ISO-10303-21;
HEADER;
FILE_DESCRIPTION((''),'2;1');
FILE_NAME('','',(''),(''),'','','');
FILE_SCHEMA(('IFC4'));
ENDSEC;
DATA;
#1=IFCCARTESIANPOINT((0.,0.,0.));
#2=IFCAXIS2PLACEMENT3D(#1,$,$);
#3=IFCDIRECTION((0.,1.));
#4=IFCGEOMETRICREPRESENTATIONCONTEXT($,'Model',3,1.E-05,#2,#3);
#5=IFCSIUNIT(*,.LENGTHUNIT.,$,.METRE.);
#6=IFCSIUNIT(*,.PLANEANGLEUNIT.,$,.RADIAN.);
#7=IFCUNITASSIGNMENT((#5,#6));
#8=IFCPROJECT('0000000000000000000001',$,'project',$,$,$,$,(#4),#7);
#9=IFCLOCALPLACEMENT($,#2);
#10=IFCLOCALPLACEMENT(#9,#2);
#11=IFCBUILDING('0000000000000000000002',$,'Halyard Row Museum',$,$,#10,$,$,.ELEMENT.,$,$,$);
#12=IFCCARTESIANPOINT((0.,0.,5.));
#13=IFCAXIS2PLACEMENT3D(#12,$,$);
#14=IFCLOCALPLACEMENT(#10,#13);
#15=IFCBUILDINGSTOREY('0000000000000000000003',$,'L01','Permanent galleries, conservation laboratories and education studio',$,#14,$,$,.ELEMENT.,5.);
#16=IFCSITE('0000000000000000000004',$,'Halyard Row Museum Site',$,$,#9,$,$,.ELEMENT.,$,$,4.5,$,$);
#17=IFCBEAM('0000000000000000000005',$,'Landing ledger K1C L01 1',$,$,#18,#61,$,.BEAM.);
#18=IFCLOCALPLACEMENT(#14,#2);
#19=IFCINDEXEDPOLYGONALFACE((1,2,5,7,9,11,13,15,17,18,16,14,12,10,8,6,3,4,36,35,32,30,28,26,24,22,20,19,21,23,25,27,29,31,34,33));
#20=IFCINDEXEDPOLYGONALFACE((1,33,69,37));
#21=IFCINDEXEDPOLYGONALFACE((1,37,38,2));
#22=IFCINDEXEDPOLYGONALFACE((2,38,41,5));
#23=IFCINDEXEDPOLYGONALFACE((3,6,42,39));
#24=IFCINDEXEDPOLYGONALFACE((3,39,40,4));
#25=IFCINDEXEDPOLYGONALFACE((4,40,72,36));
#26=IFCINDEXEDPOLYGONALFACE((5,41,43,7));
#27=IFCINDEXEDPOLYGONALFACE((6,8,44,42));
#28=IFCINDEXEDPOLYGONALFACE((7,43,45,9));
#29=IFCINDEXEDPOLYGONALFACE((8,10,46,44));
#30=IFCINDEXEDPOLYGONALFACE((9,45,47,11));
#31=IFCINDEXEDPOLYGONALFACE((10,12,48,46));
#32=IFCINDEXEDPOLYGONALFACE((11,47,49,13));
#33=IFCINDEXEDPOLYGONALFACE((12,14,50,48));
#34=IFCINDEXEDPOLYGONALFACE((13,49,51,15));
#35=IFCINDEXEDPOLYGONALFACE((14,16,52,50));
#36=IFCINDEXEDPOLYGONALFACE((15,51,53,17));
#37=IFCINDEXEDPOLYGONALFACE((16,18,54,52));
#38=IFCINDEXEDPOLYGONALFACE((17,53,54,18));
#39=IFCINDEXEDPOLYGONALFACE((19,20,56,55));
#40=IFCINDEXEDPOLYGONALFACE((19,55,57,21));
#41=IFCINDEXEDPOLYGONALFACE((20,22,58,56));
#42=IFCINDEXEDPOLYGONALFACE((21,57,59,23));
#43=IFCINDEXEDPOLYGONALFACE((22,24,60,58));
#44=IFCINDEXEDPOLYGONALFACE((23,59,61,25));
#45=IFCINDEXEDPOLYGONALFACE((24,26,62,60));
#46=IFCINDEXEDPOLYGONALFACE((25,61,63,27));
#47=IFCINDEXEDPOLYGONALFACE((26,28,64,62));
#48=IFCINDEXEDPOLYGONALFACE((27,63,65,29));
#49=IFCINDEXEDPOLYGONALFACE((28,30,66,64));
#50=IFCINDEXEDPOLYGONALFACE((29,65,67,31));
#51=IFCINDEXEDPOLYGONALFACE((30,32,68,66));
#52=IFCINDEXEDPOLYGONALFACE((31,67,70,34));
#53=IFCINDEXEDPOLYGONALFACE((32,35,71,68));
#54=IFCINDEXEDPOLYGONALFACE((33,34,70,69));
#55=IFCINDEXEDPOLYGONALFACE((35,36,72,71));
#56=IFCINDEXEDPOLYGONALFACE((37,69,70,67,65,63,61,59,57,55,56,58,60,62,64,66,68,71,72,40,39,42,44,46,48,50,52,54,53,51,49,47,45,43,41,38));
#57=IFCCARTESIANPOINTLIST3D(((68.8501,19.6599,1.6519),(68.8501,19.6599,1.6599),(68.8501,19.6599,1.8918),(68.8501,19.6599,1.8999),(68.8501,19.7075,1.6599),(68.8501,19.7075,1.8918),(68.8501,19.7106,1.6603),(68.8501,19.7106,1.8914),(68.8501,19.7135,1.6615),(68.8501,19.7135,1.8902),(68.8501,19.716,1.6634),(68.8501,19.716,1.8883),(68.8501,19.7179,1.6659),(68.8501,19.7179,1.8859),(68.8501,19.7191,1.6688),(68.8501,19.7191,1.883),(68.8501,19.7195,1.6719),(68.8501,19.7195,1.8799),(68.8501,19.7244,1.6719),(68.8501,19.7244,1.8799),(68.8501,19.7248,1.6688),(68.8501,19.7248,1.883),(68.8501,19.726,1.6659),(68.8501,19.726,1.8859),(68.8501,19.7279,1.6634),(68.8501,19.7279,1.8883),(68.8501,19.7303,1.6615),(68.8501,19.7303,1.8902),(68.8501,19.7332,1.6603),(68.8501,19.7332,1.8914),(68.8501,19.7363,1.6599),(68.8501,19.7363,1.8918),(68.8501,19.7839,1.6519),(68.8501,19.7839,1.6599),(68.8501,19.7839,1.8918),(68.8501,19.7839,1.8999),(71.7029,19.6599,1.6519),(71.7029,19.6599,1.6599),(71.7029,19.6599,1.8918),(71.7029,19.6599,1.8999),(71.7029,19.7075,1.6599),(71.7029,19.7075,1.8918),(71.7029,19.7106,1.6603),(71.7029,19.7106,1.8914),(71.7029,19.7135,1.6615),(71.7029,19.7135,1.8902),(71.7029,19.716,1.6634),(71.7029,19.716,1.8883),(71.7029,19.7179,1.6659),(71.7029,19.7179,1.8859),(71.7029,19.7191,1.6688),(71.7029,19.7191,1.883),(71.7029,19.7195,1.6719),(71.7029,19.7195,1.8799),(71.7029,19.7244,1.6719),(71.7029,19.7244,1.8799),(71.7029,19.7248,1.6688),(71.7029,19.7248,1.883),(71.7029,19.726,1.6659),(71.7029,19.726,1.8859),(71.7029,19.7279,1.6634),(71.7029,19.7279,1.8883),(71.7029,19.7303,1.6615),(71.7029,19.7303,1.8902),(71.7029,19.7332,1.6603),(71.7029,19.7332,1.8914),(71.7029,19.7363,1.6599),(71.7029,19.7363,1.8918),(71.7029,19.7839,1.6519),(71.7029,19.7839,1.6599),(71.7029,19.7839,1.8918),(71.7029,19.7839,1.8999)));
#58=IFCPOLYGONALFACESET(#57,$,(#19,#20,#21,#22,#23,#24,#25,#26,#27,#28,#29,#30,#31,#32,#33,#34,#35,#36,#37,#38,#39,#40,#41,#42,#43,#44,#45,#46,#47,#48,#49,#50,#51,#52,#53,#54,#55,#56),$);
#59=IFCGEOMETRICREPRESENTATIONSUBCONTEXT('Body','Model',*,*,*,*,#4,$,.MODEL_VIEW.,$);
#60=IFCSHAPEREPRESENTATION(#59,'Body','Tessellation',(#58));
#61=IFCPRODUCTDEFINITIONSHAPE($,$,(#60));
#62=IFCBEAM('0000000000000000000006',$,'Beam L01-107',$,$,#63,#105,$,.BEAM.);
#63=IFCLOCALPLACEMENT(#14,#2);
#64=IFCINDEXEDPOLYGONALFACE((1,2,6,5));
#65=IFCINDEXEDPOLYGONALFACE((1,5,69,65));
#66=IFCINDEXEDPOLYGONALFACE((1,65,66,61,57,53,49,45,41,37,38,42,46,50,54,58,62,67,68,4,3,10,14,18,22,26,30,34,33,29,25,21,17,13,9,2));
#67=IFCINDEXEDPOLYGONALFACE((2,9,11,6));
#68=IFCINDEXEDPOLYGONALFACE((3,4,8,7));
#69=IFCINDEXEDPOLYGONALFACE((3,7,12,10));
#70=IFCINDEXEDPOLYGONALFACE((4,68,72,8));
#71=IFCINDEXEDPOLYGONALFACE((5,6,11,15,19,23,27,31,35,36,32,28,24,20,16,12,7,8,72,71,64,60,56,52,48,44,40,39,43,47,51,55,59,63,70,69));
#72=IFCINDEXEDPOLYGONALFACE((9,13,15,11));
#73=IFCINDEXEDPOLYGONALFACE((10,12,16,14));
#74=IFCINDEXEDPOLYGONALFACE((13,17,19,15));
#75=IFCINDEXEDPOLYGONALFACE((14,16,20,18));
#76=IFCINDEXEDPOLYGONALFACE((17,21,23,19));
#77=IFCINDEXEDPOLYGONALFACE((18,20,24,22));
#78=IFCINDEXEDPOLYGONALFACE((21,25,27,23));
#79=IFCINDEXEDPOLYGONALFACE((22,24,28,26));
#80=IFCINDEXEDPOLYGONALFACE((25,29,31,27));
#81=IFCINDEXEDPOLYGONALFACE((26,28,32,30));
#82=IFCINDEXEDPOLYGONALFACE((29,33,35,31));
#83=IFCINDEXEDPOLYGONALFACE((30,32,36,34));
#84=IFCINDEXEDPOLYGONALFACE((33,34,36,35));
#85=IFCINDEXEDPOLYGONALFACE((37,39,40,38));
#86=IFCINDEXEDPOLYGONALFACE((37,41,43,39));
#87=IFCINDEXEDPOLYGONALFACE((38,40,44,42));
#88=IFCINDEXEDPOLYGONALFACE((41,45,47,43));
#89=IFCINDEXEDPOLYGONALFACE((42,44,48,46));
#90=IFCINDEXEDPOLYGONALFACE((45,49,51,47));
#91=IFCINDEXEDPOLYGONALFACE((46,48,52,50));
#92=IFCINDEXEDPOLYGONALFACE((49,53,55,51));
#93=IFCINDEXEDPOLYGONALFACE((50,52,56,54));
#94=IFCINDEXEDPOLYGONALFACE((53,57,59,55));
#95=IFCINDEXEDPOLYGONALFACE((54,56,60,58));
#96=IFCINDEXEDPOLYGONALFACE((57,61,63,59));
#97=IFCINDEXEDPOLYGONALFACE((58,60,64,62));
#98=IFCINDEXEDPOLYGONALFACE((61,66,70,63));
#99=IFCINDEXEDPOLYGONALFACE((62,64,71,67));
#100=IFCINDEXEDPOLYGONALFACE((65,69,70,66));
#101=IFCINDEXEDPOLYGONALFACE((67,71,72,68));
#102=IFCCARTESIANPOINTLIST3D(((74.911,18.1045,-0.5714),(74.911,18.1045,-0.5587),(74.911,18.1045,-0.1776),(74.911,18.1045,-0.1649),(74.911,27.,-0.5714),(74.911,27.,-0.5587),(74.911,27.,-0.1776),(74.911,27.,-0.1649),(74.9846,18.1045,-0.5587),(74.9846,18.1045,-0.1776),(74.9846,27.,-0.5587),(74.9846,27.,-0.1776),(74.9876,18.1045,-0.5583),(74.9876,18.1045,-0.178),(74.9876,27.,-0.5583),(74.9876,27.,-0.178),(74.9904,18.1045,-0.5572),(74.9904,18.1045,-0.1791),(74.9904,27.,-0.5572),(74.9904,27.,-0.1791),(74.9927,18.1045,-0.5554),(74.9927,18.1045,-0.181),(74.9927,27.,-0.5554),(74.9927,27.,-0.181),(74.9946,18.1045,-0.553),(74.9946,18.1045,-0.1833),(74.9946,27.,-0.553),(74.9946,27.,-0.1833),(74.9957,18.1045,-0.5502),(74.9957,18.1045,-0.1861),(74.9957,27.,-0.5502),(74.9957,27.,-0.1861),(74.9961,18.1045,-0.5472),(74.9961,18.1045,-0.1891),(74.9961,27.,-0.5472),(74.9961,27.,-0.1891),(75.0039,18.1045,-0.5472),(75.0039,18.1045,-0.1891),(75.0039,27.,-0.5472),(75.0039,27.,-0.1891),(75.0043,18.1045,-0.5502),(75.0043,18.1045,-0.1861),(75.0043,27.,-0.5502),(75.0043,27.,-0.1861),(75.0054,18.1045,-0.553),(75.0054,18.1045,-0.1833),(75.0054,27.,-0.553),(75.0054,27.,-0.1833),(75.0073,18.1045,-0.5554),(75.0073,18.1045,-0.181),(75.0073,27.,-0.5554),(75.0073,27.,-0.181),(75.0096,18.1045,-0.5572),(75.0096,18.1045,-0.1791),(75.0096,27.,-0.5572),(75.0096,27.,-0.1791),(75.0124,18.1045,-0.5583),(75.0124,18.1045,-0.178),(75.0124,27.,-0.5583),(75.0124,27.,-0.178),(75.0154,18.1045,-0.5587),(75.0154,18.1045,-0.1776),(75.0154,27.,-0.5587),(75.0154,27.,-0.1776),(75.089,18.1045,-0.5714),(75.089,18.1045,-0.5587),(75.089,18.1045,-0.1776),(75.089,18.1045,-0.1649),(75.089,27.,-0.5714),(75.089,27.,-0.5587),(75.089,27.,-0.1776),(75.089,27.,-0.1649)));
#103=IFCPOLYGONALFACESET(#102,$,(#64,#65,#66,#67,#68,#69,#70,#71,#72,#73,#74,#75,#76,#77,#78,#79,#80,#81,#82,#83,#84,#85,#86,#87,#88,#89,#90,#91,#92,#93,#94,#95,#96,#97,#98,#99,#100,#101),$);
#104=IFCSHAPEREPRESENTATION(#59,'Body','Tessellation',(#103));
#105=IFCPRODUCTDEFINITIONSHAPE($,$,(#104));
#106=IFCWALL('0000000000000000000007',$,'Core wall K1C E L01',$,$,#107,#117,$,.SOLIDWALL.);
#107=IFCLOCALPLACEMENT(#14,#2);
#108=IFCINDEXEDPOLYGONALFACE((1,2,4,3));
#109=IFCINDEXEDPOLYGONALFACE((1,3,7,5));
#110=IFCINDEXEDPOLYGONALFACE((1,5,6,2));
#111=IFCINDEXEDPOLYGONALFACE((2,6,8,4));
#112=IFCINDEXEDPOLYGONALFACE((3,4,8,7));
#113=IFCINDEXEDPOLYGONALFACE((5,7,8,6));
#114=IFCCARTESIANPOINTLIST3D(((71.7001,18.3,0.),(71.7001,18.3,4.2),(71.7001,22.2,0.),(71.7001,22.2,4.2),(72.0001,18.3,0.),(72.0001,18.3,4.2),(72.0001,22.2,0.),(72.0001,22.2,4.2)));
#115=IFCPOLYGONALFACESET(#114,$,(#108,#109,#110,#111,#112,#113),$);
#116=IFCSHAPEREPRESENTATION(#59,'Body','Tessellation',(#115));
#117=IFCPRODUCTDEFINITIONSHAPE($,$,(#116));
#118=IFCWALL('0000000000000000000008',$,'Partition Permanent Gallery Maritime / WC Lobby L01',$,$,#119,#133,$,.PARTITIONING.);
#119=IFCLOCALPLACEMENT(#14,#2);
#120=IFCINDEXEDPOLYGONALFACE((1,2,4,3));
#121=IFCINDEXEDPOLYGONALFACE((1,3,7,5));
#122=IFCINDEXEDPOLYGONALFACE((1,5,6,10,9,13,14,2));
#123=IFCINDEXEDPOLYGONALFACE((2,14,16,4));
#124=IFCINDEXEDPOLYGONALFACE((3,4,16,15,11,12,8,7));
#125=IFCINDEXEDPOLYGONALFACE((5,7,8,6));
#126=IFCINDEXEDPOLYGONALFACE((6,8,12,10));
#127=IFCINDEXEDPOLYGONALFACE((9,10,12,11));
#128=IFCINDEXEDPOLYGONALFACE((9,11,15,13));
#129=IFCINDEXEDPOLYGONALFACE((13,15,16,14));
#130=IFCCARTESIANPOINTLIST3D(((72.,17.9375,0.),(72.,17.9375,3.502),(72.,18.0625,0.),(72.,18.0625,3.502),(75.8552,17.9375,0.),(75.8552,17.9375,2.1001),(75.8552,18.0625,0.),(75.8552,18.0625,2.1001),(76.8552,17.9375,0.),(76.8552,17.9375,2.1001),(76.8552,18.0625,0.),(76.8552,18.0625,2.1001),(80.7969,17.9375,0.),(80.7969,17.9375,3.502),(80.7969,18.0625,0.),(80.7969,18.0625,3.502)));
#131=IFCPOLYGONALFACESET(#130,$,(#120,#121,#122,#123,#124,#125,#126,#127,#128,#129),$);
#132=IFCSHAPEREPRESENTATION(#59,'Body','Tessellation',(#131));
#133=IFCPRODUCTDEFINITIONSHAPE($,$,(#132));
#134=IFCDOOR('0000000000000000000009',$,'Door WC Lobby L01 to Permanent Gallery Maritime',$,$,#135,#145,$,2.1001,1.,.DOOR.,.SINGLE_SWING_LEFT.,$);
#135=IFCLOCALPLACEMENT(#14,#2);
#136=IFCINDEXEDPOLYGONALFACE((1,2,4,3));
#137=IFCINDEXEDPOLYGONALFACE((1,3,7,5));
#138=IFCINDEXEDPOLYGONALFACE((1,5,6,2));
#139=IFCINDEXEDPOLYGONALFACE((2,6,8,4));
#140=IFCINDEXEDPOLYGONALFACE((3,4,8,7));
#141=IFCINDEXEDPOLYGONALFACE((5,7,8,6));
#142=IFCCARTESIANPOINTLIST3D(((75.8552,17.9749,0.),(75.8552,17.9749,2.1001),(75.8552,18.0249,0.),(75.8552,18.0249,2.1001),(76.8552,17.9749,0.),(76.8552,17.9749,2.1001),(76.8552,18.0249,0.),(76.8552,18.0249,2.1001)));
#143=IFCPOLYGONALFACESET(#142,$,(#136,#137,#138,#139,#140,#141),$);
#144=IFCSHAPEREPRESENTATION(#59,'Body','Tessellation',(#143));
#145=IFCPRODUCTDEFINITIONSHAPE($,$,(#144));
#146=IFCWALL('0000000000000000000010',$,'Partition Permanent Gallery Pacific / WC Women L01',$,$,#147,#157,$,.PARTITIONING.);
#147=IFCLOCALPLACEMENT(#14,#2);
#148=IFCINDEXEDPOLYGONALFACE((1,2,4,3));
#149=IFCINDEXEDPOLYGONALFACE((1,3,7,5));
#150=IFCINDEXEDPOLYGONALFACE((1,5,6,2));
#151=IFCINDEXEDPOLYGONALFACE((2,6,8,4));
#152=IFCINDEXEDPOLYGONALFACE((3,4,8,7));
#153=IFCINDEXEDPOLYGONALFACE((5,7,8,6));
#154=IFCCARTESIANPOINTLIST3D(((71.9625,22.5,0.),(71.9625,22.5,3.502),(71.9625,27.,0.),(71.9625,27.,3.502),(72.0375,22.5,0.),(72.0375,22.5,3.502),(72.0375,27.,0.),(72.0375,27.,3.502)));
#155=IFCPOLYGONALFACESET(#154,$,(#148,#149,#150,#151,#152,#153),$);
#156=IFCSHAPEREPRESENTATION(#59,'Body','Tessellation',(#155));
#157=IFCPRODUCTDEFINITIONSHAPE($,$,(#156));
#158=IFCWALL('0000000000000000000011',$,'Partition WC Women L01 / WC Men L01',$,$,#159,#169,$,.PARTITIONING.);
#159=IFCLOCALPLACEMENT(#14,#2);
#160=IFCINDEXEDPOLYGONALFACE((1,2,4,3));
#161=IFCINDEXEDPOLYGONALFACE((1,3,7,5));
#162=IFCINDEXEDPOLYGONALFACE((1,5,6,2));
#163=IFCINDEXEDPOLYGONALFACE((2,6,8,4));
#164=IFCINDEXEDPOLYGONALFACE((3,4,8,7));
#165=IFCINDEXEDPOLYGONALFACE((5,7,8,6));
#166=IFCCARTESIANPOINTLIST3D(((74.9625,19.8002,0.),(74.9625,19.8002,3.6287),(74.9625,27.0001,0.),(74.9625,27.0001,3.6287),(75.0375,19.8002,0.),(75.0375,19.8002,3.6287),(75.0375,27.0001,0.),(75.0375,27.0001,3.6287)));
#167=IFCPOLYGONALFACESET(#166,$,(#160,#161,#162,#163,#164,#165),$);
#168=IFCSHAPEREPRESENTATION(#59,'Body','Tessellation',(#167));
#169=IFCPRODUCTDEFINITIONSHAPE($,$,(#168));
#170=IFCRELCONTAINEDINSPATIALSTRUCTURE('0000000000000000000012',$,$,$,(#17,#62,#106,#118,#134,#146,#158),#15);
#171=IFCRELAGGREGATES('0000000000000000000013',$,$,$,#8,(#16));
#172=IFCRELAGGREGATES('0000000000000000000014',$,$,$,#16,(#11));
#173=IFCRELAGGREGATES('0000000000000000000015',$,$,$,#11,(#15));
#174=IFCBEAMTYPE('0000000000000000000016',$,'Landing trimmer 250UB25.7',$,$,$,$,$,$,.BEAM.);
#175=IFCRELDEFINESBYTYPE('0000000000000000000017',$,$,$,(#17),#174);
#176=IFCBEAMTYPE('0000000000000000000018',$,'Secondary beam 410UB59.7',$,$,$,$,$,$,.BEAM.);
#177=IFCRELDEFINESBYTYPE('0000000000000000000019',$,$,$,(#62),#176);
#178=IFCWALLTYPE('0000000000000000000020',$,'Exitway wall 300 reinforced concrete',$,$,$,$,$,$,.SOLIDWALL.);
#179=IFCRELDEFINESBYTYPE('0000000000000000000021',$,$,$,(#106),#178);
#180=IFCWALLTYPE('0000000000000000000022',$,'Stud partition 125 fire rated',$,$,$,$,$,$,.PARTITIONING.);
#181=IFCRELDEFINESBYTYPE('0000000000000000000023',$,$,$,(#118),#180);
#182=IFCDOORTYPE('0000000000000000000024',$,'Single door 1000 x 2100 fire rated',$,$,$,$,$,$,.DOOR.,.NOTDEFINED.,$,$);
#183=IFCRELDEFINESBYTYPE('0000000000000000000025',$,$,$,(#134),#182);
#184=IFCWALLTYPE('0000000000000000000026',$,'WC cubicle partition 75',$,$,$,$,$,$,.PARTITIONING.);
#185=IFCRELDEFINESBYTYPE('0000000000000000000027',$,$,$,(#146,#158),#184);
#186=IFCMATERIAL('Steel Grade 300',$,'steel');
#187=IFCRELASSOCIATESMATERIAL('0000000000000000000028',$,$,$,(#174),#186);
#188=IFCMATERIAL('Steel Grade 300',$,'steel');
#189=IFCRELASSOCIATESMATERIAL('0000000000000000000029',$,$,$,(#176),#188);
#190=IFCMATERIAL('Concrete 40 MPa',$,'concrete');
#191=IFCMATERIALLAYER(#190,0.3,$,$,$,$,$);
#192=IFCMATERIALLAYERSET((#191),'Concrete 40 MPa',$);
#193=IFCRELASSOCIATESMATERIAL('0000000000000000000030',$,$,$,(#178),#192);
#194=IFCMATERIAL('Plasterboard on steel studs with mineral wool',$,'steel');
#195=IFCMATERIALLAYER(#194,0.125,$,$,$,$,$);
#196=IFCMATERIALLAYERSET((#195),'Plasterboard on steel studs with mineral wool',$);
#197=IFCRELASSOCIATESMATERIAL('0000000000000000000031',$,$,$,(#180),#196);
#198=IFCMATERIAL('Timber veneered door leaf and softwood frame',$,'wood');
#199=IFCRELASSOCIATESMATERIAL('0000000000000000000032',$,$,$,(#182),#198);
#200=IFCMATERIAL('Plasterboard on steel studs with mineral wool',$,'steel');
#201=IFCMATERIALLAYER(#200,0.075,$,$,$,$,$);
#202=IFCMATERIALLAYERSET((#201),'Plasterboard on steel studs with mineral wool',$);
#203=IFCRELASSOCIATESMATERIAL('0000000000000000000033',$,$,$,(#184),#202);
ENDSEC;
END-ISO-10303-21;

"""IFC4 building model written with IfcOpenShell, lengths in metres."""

from ifc_helpers import new_model, si_unit, direction, frame, frame_2d, origin, origin_2d, place, context, subcontext, project, spatial, rectangle, i_section, extrude, material, layer, layer_set, material_profile, profile_set, type_object, element, fill, save


model = new_model("IFC4")

# Units and contexts
model_context = context("Model", 3, precision=1e-05, world=origin(), true_north=direction((0.0, 1.0)))
body_context = subcontext(model_context, "Body", "Model", "MODEL_VIEW")
ifc_project = project(units=[si_unit("LENGTHUNIT", "METRE"), si_unit("PLANEANGLEUNIT", "RADIAN")], contexts=[model_context])

# Site, building, storey
site_placement = place(None, origin())
site = spatial("IfcSite", under=ifc_project, at=site_placement, Name="Halyard Row Museum Site", CompositionType="ELEMENT", RefElevation=4.5)
building_placement = place(site_placement, origin())
building = spatial("IfcBuilding", under=site, at=building_placement, Name="Halyard Row Museum", CompositionType="ELEMENT")
storey_placement = place(building_placement, frame((0.0, 0.0, 5.0)))
storey = spatial("IfcBuildingStorey", under=building, at=storey_placement, Name="L01", Description="Permanent galleries, conservation laboratories and education studio", CompositionType="ELEMENT", Elevation=5.0)

# Beams
ifc_material_1 = material(Name="Steel Grade 300", Category="steel")
ifc_material_profile_1 = material_profile(ifc_material_1, i_section(OverallWidth=0.124, OverallDepth=0.248, WebThickness=0.0049, FlangeThickness=0.0081, FilletRadius=0.012, at=origin_2d()), Name="250UB25.7")
ifc_profile_set_1 = profile_set([ifc_material_profile_1], Name="Steel Grade 300")
beam_type_1 = type_object("IfcBeamType", Name="Landing trimmer 250UB25.7", PredefinedType="BEAM", material=ifc_profile_set_1)
beam_1_placement = place(storey_placement, frame((71.7029, 19.7219, 1.7759), z_axis=(-1.0, 0.0, 0.0), x_axis=(0.0, -1.0, 0.0)))
element("IfcBeam", 1, at=beam_1_placement, inside=storey, type_object=beam_type_1, Name="Landing ledger K1C L01 1", PredefinedType="BEAM", context=body_context, shape_type="SweptSolid", body=[
    extrude(i_section(OverallWidth=0.124, OverallDepth=0.248, WebThickness=0.0049, FlangeThickness=0.0081, FilletRadius=0.012, at=origin_2d()), origin(), (0.0, 0.0, 1.0), 2.8528),
])
ifc_material_2 = material(Name="Steel Grade 300", Category="steel")
ifc_material_profile_2 = material_profile(ifc_material_2, i_section(OverallWidth=0.178, OverallDepth=0.4065, WebThickness=0.0078, FlangeThickness=0.0127, FilletRadius=0.0115, at=origin_2d()), Name="410UB59.7")
ifc_profile_set_2 = profile_set([ifc_material_profile_2], Name="Steel Grade 300")
beam_type_2 = type_object("IfcBeamType", Name="Secondary beam 410UB59.7", PredefinedType="BEAM", material=ifc_profile_set_2)
beam_2_placement = place(storey_placement, frame((75.0, 18.1045, -0.3682), z_axis=(0.0, 1.0, 0.0), x_axis=(-1.0, 0.0, 0.0)))
element("IfcBeam", 2, at=beam_2_placement, inside=storey, type_object=beam_type_2, Name="Beam L01-107", PredefinedType="BEAM", context=body_context, shape_type="SweptSolid", body=[
    extrude(i_section(OverallWidth=0.178, OverallDepth=0.4065, WebThickness=0.0078, FlangeThickness=0.0127, FilletRadius=0.0115, at=origin_2d()), origin(), (0.0, 0.0, 1.0), 8.8955),
])

# Wall
ifc_material_3 = material(Name="Concrete 40 MPa", Category="concrete")
ifc_layer_1 = layer(ifc_material_3, 0.3)
ifc_layer_set_1 = layer_set([ifc_layer_1], Name="Concrete 40 MPa")
wall_type_1 = type_object("IfcWallType", Name="Exitway wall 300 reinforced concrete", PredefinedType="SOLIDWALL", material=ifc_layer_set_1)
wall_1_placement = place(storey_placement, frame((71.8501, 18.3, 0.0), z_axis=(0.0, 0.0, 1.0), x_axis=(0.0, 1.0, 0.0)))
element("IfcWall", 3, at=wall_1_placement, inside=storey, type_object=wall_type_1, Name="Core wall K1C E L01", PredefinedType="SOLIDWALL", context=body_context, shape_type="SweptSolid", body=[
    extrude(rectangle(XDim=3.8999, YDim=0.3, at=frame_2d((1.95, 0.0))), origin(), (0.0, 0.0, 1.0), 4.2),
])

# Wall, opening, door
ifc_material_4 = material(Name="Plasterboard on steel studs with mineral wool", Category="steel")
ifc_layer_2 = layer(ifc_material_4, 0.125)
ifc_layer_set_2 = layer_set([ifc_layer_2], Name="Plasterboard on steel studs with mineral wool")
wall_type_2 = type_object("IfcWallType", Name="Stud partition 125 fire rated", PredefinedType="PARTITIONING", material=ifc_layer_set_2)
wall_2_placement = place(storey_placement, frame((72.0, 18.0, 0.0), z_axis=(0.0, 0.0, 1.0), x_axis=(1.0, 0.0, 0.0)))
wall_2 = element("IfcWall", 4, at=wall_2_placement, inside=storey, type_object=wall_type_2, Name="Partition Permanent Gallery Maritime / WC Lobby L01", PredefinedType="PARTITIONING", context=body_context, shape_type="SweptSolid", body=[
    extrude(rectangle(XDim=8.7969, YDim=0.125, at=frame_2d((4.3984, 0.0))), origin(), (0.0, 0.0, 1.0), 3.502),
])
opening_1_placement = place(wall_2_placement, frame((3.8552, 0.0, 0.0)))
opening_1 = element("IfcOpeningElement", 5, at=opening_1_placement, cuts=wall_2, PredefinedType="OPENING", context=body_context, shape_type="SweptSolid", body=[
    extrude(rectangle(XDim=1.0, YDim=2.1001, at=frame_2d((0.5, 1.05))), frame((0.0, 0.0725, 0.0), z_axis=(0.0, -1.0, 0.0), x_axis=(1.0, 0.0, 0.0)), (0.0, 0.0, 1.0), 0.145),
])
ifc_material_5 = material(Name="Timber veneered door leaf and softwood frame", Category="wood")
door_type_1 = type_object("IfcDoorType", Name="Single door 1000 x 2100 fire rated", OperationType="NOTDEFINED", PredefinedType="DOOR", material=ifc_material_5)
door_1_placement = place(opening_1_placement, origin())
door_1 = element("IfcDoor", 6, at=door_1_placement, inside=storey, type_object=door_type_1, Name="Door WC Lobby L01 to Permanent Gallery Maritime", OperationType="SINGLE_SWING_LEFT", OverallHeight=2.1001, OverallWidth=1.0, PredefinedType="DOOR", context=body_context, shape_type="SweptSolid", body=[
    extrude(rectangle(XDim=1.0, YDim=2.1001, at=frame_2d((0.5, 1.05))), frame((0.0, 0.0249, 0.0), z_axis=(0.0, -1.0, 0.0), x_axis=(1.0, 0.0, 0.0)), (0.0, 0.0, 1.0), 0.05),
])
fill(opening_1, door_1)

# Walls
ifc_material_6 = material(Name="Plasterboard on steel studs with mineral wool", Category="steel")
ifc_layer_3 = layer(ifc_material_6, 0.075)
ifc_layer_set_3 = layer_set([ifc_layer_3], Name="Plasterboard on steel studs with mineral wool")
wall_type_3 = type_object("IfcWallType", Name="WC cubicle partition 75", PredefinedType="PARTITIONING", material=ifc_layer_set_3)
wall_3_placement = place(storey_placement, frame((72.0, 22.5, 0.0), z_axis=(0.0, 0.0, 1.0), x_axis=(0.0, 1.0, 0.0)))
element("IfcWall", 7, at=wall_3_placement, inside=storey, type_object=wall_type_3, Name="Partition Permanent Gallery Pacific / WC Women L01", PredefinedType="PARTITIONING", context=body_context, shape_type="SweptSolid", body=[
    extrude(rectangle(XDim=4.5, YDim=0.075, at=frame_2d((2.25, 0.0))), origin(), (0.0, 0.0, 1.0), 3.502),
])
wall_4_placement = place(storey_placement, frame((75.0, 19.8, 0.0), z_axis=(0.0, 0.0, 1.0), x_axis=(0.0, 1.0, 0.0)))
element("IfcWall", 8, at=wall_4_placement, inside=storey, type_object=wall_type_3, Name="Partition WC Women L01 / WC Men L01", PredefinedType="PARTITIONING", context=body_context, shape_type="SweptSolid", body=[
    extrude(rectangle(XDim=7.2, YDim=0.075, at=frame_2d((3.6001, 0.0))), origin(), (0.0, 0.0, 1.0), 3.6287),
])

save(model, "model.ifc")
